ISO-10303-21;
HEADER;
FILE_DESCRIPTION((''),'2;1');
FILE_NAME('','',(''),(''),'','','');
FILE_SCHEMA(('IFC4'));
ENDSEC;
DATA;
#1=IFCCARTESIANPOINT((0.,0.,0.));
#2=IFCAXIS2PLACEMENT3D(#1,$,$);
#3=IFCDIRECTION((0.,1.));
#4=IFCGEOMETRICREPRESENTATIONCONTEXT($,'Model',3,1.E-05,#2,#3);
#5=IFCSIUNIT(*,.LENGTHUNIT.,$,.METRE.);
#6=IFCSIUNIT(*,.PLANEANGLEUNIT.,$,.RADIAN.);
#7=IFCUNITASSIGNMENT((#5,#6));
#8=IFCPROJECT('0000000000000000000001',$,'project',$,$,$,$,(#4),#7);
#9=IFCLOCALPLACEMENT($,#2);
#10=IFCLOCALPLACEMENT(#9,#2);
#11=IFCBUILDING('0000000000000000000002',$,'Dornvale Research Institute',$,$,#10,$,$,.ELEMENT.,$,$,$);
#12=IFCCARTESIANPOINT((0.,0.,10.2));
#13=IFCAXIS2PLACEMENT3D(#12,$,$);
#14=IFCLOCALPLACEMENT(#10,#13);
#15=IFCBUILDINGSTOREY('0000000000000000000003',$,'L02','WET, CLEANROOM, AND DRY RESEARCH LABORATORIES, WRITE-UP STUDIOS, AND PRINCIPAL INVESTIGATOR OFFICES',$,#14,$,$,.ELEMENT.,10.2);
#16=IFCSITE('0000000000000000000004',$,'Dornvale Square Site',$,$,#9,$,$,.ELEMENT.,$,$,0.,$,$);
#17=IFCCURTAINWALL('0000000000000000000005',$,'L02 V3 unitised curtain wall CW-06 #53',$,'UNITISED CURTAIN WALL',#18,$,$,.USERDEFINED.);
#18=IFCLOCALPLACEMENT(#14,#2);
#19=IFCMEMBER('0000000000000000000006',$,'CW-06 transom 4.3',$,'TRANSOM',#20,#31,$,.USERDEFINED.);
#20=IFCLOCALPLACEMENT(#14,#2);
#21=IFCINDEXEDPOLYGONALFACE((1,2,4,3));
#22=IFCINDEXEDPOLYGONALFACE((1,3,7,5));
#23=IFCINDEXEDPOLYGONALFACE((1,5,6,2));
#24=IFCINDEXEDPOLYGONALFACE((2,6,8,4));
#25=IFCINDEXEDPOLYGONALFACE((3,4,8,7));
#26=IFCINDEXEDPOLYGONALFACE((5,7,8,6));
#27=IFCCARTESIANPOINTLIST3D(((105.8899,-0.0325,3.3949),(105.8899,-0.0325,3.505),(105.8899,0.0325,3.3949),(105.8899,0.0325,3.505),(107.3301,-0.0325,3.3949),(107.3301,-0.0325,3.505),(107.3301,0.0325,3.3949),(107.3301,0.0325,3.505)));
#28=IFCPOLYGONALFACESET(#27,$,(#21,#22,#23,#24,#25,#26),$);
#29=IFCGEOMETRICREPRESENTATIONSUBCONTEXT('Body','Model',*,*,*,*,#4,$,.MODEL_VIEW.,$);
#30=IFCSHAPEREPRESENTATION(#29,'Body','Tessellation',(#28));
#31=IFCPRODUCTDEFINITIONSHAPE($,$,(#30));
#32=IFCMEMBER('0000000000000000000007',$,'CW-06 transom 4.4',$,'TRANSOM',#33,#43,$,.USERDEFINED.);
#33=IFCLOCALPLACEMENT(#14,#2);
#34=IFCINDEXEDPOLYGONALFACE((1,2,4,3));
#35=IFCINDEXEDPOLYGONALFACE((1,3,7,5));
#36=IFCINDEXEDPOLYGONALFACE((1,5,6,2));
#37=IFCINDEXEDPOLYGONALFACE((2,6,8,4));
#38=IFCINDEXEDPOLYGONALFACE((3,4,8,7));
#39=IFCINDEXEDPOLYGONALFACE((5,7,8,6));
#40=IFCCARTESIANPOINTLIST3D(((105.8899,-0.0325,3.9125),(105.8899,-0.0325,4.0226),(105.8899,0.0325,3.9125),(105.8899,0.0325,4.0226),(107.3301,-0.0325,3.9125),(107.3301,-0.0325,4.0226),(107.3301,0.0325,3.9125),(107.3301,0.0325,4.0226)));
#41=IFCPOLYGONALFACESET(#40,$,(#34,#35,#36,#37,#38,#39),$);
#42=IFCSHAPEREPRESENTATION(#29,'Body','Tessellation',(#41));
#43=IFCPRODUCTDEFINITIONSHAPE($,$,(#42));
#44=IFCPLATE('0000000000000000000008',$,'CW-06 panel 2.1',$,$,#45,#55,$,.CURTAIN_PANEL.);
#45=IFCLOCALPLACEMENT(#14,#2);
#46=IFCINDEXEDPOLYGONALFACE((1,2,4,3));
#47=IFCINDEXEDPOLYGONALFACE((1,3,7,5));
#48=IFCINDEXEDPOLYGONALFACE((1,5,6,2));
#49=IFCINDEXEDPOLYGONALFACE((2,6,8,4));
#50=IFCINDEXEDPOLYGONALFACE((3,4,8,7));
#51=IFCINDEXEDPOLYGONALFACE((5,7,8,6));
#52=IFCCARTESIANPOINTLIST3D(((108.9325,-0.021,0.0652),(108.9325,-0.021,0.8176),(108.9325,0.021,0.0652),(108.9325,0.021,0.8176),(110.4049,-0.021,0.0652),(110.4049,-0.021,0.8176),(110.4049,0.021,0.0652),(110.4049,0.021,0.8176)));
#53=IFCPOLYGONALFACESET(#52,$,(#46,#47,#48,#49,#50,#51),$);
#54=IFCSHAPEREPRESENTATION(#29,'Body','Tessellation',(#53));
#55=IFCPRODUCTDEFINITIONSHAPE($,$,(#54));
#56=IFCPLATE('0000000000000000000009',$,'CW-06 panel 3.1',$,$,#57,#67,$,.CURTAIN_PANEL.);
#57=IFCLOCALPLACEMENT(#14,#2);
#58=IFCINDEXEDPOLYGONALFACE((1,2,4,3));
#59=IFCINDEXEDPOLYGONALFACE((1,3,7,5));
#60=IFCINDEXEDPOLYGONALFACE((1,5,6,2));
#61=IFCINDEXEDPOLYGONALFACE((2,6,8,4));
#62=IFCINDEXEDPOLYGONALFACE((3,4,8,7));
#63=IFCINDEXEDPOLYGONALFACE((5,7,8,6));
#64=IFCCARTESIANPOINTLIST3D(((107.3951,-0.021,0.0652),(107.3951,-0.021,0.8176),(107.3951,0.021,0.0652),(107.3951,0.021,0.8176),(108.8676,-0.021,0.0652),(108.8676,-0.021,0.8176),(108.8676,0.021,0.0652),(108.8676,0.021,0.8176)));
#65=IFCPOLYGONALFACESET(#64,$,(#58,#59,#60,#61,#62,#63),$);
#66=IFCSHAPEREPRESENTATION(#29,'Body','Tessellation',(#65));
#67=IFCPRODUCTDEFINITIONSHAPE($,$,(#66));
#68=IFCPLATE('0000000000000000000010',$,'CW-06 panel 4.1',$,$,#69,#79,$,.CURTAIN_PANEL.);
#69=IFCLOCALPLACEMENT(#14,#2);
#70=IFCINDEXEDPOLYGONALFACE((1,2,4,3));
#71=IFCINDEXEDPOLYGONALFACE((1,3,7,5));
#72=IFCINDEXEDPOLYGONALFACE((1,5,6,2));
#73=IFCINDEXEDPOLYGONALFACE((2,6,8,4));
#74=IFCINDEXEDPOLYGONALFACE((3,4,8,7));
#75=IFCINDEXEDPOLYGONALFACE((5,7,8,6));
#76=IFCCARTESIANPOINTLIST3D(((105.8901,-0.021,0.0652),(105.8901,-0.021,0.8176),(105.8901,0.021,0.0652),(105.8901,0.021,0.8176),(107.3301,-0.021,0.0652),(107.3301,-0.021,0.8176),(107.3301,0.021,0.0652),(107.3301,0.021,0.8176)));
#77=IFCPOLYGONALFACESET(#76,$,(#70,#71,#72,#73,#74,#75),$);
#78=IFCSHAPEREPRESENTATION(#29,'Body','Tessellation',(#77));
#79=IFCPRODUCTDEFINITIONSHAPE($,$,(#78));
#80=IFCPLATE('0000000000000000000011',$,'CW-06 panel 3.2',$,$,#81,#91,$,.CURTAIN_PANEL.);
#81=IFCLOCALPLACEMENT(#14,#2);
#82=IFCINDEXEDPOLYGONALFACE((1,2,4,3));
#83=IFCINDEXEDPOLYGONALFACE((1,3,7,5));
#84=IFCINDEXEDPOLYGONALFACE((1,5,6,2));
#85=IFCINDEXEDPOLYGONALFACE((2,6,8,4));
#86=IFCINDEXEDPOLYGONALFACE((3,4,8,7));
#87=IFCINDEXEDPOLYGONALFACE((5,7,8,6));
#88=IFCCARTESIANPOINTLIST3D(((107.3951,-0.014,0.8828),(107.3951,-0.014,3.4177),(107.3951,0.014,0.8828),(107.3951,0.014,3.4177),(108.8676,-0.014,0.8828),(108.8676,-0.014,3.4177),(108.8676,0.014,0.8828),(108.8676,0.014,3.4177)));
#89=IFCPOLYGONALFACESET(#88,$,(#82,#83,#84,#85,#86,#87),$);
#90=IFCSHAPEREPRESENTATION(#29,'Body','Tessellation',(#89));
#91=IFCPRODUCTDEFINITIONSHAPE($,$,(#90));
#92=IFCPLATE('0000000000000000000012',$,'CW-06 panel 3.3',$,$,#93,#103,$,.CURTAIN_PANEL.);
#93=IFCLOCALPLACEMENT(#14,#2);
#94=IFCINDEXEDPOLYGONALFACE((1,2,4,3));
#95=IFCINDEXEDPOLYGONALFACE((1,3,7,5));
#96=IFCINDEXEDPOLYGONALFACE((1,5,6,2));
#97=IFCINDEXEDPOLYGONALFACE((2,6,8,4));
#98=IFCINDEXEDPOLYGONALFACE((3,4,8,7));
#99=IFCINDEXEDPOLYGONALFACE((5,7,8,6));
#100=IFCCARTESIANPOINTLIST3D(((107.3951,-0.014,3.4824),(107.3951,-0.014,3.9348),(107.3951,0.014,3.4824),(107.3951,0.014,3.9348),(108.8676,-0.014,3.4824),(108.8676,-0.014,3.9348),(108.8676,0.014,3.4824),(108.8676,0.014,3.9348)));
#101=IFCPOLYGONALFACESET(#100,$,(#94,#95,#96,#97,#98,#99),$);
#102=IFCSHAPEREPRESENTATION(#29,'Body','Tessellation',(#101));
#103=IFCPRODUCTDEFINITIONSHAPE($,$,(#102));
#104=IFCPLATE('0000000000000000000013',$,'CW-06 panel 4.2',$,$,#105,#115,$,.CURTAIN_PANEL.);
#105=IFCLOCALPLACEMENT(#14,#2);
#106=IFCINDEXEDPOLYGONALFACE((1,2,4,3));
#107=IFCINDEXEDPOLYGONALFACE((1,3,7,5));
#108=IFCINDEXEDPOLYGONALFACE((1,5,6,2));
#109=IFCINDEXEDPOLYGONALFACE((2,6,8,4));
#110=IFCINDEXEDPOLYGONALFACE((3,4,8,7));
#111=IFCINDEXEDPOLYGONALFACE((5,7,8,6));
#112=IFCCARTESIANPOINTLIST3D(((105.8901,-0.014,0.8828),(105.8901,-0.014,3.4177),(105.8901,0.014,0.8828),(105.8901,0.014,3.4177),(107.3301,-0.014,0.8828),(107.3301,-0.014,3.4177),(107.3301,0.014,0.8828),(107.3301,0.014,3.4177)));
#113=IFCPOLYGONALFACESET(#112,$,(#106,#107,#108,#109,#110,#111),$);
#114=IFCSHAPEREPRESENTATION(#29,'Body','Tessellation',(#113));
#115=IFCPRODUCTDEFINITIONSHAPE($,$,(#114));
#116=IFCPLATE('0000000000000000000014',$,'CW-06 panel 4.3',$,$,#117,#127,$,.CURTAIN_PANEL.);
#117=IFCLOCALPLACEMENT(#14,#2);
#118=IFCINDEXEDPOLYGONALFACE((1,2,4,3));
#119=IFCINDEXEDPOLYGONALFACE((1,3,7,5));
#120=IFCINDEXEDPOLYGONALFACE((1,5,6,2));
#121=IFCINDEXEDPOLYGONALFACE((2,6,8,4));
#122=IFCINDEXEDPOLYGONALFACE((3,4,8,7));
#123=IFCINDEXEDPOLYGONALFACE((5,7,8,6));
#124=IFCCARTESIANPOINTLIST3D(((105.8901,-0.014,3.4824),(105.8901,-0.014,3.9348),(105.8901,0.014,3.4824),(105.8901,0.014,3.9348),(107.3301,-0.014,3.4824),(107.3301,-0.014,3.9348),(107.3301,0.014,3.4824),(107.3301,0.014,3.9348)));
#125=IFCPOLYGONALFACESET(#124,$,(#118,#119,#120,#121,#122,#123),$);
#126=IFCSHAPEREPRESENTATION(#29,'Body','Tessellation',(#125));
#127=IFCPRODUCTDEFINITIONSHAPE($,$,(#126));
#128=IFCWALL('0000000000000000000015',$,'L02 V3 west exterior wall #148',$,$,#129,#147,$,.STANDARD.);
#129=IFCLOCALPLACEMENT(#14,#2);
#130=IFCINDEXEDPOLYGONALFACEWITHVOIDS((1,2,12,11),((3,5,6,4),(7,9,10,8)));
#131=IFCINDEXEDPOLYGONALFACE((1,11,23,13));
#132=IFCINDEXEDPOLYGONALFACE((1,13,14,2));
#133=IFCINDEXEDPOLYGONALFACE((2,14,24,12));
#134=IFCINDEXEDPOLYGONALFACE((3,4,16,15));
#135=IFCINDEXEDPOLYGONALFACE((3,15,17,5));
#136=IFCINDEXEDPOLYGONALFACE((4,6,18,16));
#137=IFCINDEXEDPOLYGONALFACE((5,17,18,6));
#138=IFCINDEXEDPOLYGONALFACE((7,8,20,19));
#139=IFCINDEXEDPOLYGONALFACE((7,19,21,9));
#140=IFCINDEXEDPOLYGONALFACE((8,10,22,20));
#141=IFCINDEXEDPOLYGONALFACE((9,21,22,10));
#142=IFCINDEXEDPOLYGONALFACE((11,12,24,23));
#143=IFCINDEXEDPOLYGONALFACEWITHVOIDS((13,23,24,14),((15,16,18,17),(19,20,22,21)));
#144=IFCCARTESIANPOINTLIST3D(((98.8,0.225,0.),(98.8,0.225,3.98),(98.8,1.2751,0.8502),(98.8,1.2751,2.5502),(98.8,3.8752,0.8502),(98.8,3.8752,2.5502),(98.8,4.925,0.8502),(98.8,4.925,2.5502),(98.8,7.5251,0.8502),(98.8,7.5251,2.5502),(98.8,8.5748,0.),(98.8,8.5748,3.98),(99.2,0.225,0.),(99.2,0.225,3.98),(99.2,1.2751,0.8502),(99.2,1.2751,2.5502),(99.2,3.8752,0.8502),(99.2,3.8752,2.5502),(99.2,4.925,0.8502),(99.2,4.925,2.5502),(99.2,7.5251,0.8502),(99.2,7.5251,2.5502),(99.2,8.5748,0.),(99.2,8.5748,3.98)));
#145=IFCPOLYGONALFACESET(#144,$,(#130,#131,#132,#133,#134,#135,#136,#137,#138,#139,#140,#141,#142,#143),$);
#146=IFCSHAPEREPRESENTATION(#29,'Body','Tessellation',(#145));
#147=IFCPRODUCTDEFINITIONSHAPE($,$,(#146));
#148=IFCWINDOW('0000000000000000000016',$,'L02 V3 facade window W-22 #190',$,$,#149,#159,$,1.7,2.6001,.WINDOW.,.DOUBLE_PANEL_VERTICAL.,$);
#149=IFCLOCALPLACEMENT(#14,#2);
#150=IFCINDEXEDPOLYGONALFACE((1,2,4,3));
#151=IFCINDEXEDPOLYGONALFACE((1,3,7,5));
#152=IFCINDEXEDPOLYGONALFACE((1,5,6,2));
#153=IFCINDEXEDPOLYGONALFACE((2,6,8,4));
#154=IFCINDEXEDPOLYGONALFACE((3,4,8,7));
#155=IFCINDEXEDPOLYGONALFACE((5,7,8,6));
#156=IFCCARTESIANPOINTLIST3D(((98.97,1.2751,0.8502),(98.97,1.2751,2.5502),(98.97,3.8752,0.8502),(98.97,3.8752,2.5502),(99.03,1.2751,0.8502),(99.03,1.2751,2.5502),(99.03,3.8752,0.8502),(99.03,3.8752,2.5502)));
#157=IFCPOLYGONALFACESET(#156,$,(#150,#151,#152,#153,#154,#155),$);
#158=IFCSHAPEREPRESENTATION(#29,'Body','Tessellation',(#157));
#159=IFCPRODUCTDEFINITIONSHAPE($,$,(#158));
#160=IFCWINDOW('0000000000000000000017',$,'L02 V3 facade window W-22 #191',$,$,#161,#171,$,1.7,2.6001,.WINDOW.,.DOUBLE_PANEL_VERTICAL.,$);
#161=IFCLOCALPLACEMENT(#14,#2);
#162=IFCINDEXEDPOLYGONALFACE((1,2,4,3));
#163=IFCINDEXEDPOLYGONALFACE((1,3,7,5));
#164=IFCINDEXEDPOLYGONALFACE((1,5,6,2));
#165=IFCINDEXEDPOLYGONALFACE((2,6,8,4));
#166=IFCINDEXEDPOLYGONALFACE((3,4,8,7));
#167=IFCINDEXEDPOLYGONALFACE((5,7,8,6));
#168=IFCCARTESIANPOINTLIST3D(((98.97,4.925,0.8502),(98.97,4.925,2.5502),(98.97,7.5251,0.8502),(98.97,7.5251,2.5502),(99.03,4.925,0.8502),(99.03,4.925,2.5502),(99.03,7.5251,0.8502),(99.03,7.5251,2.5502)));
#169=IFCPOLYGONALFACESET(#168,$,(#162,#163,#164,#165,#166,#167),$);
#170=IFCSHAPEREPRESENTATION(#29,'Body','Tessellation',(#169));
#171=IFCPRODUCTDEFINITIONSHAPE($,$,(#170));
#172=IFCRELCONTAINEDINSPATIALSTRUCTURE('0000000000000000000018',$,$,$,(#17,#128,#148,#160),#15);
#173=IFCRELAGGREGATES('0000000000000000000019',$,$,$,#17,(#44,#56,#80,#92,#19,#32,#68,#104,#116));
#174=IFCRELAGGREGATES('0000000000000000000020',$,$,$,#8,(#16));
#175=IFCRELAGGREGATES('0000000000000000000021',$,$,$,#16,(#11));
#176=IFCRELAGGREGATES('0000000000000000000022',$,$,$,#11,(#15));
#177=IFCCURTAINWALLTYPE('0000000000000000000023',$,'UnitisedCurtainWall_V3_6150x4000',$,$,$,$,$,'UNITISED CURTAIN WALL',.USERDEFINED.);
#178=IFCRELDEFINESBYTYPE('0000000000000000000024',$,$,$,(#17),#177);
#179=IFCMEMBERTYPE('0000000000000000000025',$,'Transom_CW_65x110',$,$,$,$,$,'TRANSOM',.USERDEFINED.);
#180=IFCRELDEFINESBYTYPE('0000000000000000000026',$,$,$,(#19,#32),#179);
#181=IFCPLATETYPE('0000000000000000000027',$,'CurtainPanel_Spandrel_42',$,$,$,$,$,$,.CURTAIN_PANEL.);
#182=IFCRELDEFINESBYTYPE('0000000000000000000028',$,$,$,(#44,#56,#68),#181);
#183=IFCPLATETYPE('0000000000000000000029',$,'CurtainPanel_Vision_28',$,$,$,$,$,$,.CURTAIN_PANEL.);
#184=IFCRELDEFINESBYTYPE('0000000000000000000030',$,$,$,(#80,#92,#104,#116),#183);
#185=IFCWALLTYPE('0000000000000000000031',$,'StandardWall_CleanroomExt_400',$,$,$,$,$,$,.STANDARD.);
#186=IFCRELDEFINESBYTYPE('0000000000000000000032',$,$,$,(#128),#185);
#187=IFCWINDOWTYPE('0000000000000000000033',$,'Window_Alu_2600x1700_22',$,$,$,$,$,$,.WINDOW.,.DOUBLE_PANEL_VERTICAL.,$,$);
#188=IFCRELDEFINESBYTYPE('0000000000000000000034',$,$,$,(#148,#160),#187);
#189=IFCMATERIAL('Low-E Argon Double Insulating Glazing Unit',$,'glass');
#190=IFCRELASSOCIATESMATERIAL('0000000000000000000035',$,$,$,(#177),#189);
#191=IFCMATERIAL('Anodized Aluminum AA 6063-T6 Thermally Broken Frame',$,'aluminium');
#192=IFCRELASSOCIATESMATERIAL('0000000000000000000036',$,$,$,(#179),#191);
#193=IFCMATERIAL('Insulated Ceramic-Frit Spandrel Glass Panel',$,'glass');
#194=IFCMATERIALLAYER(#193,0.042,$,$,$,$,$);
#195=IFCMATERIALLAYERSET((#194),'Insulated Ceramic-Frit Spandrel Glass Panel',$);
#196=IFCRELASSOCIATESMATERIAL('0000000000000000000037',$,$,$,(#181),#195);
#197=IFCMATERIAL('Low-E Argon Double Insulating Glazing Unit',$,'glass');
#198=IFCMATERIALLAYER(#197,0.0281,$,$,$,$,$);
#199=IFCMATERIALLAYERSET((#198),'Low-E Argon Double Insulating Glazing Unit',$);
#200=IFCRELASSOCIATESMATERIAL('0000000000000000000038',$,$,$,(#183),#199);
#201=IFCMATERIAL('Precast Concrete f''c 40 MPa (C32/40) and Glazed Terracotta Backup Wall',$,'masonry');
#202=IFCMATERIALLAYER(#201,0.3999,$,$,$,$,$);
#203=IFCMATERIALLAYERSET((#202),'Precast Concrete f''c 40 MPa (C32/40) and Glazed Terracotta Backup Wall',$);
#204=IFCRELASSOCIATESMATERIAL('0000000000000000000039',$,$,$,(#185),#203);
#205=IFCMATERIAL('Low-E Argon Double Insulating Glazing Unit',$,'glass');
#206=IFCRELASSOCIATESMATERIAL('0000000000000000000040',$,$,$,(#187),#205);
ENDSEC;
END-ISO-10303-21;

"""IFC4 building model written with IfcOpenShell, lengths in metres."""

from ifc_helpers import new_model, si_unit, direction, frame, frame_2d, origin, origin_2d, place, context, subcontext, project, spatial, rectangle, extrude, material, layer, layer_set, material_profile, profile_set, type_object, element, fill, aggregate, save


model = new_model("IFC4")

# Units and contexts
model_context = context("Model", 3, precision=1e-05, world=origin(), true_north=direction((0.0, 1.0)))
body_context = subcontext(model_context, "Body", "Model", "MODEL_VIEW")
ifc_project = project(units=[si_unit("LENGTHUNIT", "METRE"), si_unit("PLANEANGLEUNIT", "RADIAN")], contexts=[model_context])

# Site, building, storey
site_placement = place(None, origin())
site = spatial("IfcSite", under=ifc_project, at=site_placement, Name="Dornvale Square Site", CompositionType="ELEMENT", RefElevation=0.0)
building_placement = place(site_placement, origin())
building = spatial("IfcBuilding", under=site, at=building_placement, Name="Dornvale Research Institute", CompositionType="ELEMENT")
storey_placement = place(building_placement, frame((0.0, 0.0, 10.2)))
storey = spatial("IfcBuildingStorey", under=building, at=storey_placement, Name="L02", Description="WET, CLEANROOM, AND DRY RESEARCH LABORATORIES, WRITE-UP STUDIOS, AND PRINCIPAL INVESTIGATOR OFFICES", CompositionType="ELEMENT", Elevation=10.2)

# Curtain wall
ifc_material_1 = material(Name="Low-E Argon Double Insulating Glazing Unit", Category="glass")
curtain_wall_type = type_object("IfcCurtainWallType", Name="UnitisedCurtainWall_V3_6150x4000", ElementType="UNITISED CURTAIN WALL", PredefinedType="USERDEFINED", material=ifc_material_1)
curtain_wall_placement = place(storey_placement, origin())
curtain_wall = element("IfcCurtainWall", 1, at=curtain_wall_placement, inside=storey, type_object=curtain_wall_type, Name="L02 V3 unitised curtain wall CW-06 #53", ObjectType="UNITISED CURTAIN WALL", PredefinedType="USERDEFINED")

# Members
ifc_material_2 = material(Name="Anodized Aluminum AA 6063-T6 Thermally Broken Frame", Category="aluminium")
ifc_material_profile_1 = material_profile(ifc_material_2, rectangle(XDim=0.0649, YDim=0.1101, at=origin_2d()), Name="ALU TRANSOM 65x110")
ifc_profile_set_1 = profile_set([ifc_material_profile_1], Name="Anodized Aluminum AA 6063-T6 Thermally Broken Frame")
member_type_1 = type_object("IfcMemberType", Name="Transom_CW_65x110", ElementType="TRANSOM", PredefinedType="USERDEFINED", material=ifc_profile_set_1)
member_1_placement = place(storey_placement, frame((107.3301, 0.0, 3.45), z_axis=(-1.0, 0.0, 0.0), x_axis=(0.0, -1.0, 0.0)))
member_1 = element("IfcMember", 2, at=member_1_placement, type_object=member_type_1, Name="CW-06 transom 4.3", ObjectType="TRANSOM", PredefinedType="USERDEFINED", context=body_context, shape_type="SweptSolid", body=[
    extrude(rectangle(XDim=0.0649, YDim=0.1101, at=origin_2d()), origin(), (0.0, 0.0, 1.0), 1.4402),
])
member_2_placement = place(storey_placement, frame((107.3301, 0.0, 3.9675), z_axis=(-1.0, 0.0, 0.0), x_axis=(0.0, -1.0, 0.0)))
member_2 = element("IfcMember", 3, at=member_2_placement, type_object=member_type_1, Name="CW-06 transom 4.4", ObjectType="TRANSOM", PredefinedType="USERDEFINED", context=body_context, shape_type="SweptSolid", body=[
    extrude(rectangle(XDim=0.0649, YDim=0.1101, at=origin_2d()), origin(), (0.0, 0.0, 1.0), 1.4402),
])

# Plates
ifc_material_3 = material(Name="Insulated Ceramic-Frit Spandrel Glass Panel", Category="glass")
ifc_layer_1 = layer(ifc_material_3, 0.042)
ifc_layer_set_1 = layer_set([ifc_layer_1], Name="Insulated Ceramic-Frit Spandrel Glass Panel")
plate_type_1 = type_object("IfcPlateType", Name="CurtainPanel_Spandrel_42", PredefinedType="CURTAIN_PANEL", material=ifc_layer_set_1)
plate_1_placement = place(storey_placement, frame((109.6687, 0.0, 0.0652), z_axis=(0.0, 0.0, 1.0), x_axis=(-1.0, 0.0, 0.0)))
plate_1 = element("IfcPlate", 4, at=plate_1_placement, type_object=plate_type_1, Name="CW-06 panel 2.1", PredefinedType="CURTAIN_PANEL", context=body_context, shape_type="SweptSolid", body=[
    extrude(rectangle(XDim=1.4724, YDim=0.042, at=origin_2d()), origin(), (0.0, 0.0, 1.0), 0.7524),
])
plate_2_placement = place(storey_placement, frame((108.1313, 0.0, 0.0652), z_axis=(0.0, 0.0, 1.0), x_axis=(-1.0, 0.0, 0.0)))
plate_2 = element("IfcPlate", 5, at=plate_2_placement, type_object=plate_type_1, Name="CW-06 panel 3.1", PredefinedType="CURTAIN_PANEL", context=body_context, shape_type="SweptSolid", body=[
    extrude(rectangle(XDim=1.4724, YDim=0.042, at=origin_2d()), origin(), (0.0, 0.0, 1.0), 0.7524),
])
plate_3_placement = place(storey_placement, frame((106.6101, 0.0, 0.0652), z_axis=(0.0, 0.0, 1.0), x_axis=(-1.0, 0.0, 0.0)))
plate_3 = element("IfcPlate", 6, at=plate_3_placement, type_object=plate_type_1, Name="CW-06 panel 4.1", PredefinedType="CURTAIN_PANEL", context=body_context, shape_type="SweptSolid", body=[
    extrude(rectangle(XDim=1.4399, YDim=0.042, at=origin_2d()), origin(), (0.0, 0.0, 1.0), 0.7524),
])
ifc_material_4 = material(Name="Low-E Argon Double Insulating Glazing Unit", Category="glass")
ifc_layer_2 = layer(ifc_material_4, 0.0281)
ifc_layer_set_2 = layer_set([ifc_layer_2], Name="Low-E Argon Double Insulating Glazing Unit")
plate_type_2 = type_object("IfcPlateType", Name="CurtainPanel_Vision_28", PredefinedType="CURTAIN_PANEL", material=ifc_layer_set_2)
plate_4_placement = place(storey_placement, frame((108.1313, 0.0, 0.8828), z_axis=(0.0, 0.0, 1.0), x_axis=(-1.0, 0.0, 0.0)))
plate_4 = element("IfcPlate", 7, at=plate_4_placement, type_object=plate_type_2, Name="CW-06 panel 3.2", PredefinedType="CURTAIN_PANEL", context=body_context, shape_type="SweptSolid", body=[
    extrude(rectangle(XDim=1.4724, YDim=0.0281, at=origin_2d()), origin(), (0.0, 0.0, 1.0), 2.5349),
])
plate_5_placement = place(storey_placement, frame((108.1313, 0.0, 3.4824), z_axis=(0.0, 0.0, 1.0), x_axis=(-1.0, 0.0, 0.0)))
plate_5 = element("IfcPlate", 8, at=plate_5_placement, type_object=plate_type_2, Name="CW-06 panel 3.3", PredefinedType="CURTAIN_PANEL", context=body_context, shape_type="SweptSolid", body=[
    extrude(rectangle(XDim=1.4724, YDim=0.0281, at=origin_2d()), origin(), (0.0, 0.0, 1.0), 0.4524),
])
plate_6_placement = place(storey_placement, frame((106.6101, 0.0, 0.8828), z_axis=(0.0, 0.0, 1.0), x_axis=(-1.0, 0.0, 0.0)))
plate_6 = element("IfcPlate", 9, at=plate_6_placement, type_object=plate_type_2, Name="CW-06 panel 4.2", PredefinedType="CURTAIN_PANEL", context=body_context, shape_type="SweptSolid", body=[
    extrude(rectangle(XDim=1.4399, YDim=0.0281, at=origin_2d()), origin(), (0.0, 0.0, 1.0), 2.5349),
])
plate_7_placement = place(storey_placement, frame((106.6101, 0.0, 3.4824), z_axis=(0.0, 0.0, 1.0), x_axis=(-1.0, 0.0, 0.0)))
plate_7 = element("IfcPlate", 10, at=plate_7_placement, type_object=plate_type_2, Name="CW-06 panel 4.3", PredefinedType="CURTAIN_PANEL", context=body_context, shape_type="SweptSolid", body=[
    extrude(rectangle(XDim=1.4399, YDim=0.0281, at=origin_2d()), origin(), (0.0, 0.0, 1.0), 0.4524),
])
aggregate(curtain_wall, [plate_1, plate_2, plate_4, plate_5, member_1, member_2, plate_3, plate_6, plate_7])

# Wall, openings, windows
ifc_material_5 = material(Name="Precast Concrete f'c 40 MPa (C32/40) and Glazed Terracotta Backup Wall", Category="masonry")
ifc_layer_3 = layer(ifc_material_5, 0.3999)
ifc_layer_set_3 = layer_set([ifc_layer_3], Name="Precast Concrete f'c 40 MPa (C32/40) and Glazed Terracotta Backup Wall")
wall_type = type_object("IfcWallType", Name="StandardWall_CleanroomExt_400", PredefinedType="STANDARD", material=ifc_layer_set_3)
wall_1_placement = place(storey_placement, frame((99.0, 0.2251, 0.0), z_axis=(0.0, 0.0, 1.0), x_axis=(0.0, 1.0, 0.0)))
wall_1 = element("IfcWall", 11, at=wall_1_placement, inside=storey, type_object=wall_type, Name="L02 V3 west exterior wall #148", PredefinedType="STANDARD", context=body_context, shape_type="SweptSolid", body=[
    extrude(rectangle(XDim=8.3499, YDim=0.3999, at=frame_2d((4.1748, 0.0))), origin(), (0.0, 0.0, 1.0), 3.98),
])
opening_1_placement = place(wall_1_placement, frame((1.05, 0.0, 0.8501)))
opening_1 = element("IfcOpeningElement", 12, at=opening_1_placement, cuts=wall_1, PredefinedType="OPENING", context=body_context, shape_type="SweptSolid", body=[
    extrude(rectangle(XDim=2.6001, YDim=1.7, at=frame_2d((1.3, 0.8501))), frame((0.0, 0.2148, 0.0), z_axis=(0.0, -1.0, 0.0), x_axis=(1.0, 0.0, 0.0)), (0.0, 0.0, 1.0), 0.4299),
])
opening_2_placement = place(wall_1_placement, frame((4.7, 0.0, 0.8501)))
opening_2 = element("IfcOpeningElement", 13, at=opening_2_placement, cuts=wall_1, PredefinedType="OPENING", context=body_context, shape_type="SweptSolid", body=[
    extrude(rectangle(XDim=2.6001, YDim=1.7, at=frame_2d((1.3, 0.8501))), frame((0.0, 0.2148, 0.0), z_axis=(0.0, -1.0, 0.0), x_axis=(1.0, 0.0, 0.0)), (0.0, 0.0, 1.0), 0.4299),
])
ifc_material_6 = material(Name="Low-E Argon Double Insulating Glazing Unit", Category="glass")
window_type_1 = type_object("IfcWindowType", Name="Window_Alu_2600x1700_22", PartitioningType="DOUBLE_PANEL_VERTICAL", PredefinedType="WINDOW", material=ifc_material_6)
window_1_placement = place(opening_1_placement, origin())
window_1 = element("IfcWindow", 14, at=window_1_placement, inside=storey, type_object=window_type_1, Name="L02 V3 facade window W-22 #190", OverallHeight=1.7, OverallWidth=2.6001, PartitioningType="DOUBLE_PANEL_VERTICAL", PredefinedType="WINDOW", context=body_context, shape_type="SweptSolid", body=[
    extrude(rectangle(XDim=2.6001, YDim=1.7, at=frame_2d((1.3, 0.8501))), frame((0.0, 0.03, 0.0), z_axis=(0.0, -1.0, 0.0), x_axis=(1.0, 0.0, 0.0)), (0.0, 0.0, 1.0), 0.0601),
])
fill(opening_1, window_1)
window_2_placement = place(opening_2_placement, origin())
window_2 = element("IfcWindow", 15, at=window_2_placement, inside=storey, type_object=window_type_1, Name="L02 V3 facade window W-22 #191", OverallHeight=1.7, OverallWidth=2.6001, PartitioningType="DOUBLE_PANEL_VERTICAL", PredefinedType="WINDOW", context=body_context, shape_type="SweptSolid", body=[
    extrude(rectangle(XDim=2.6001, YDim=1.7, at=frame_2d((1.3, 0.8501))), frame((0.0, 0.03, 0.0), z_axis=(0.0, -1.0, 0.0), x_axis=(1.0, 0.0, 0.0)), (0.0, 0.0, 1.0), 0.0601),
])
fill(opening_2, window_2)

save(model, "model.ifc")
